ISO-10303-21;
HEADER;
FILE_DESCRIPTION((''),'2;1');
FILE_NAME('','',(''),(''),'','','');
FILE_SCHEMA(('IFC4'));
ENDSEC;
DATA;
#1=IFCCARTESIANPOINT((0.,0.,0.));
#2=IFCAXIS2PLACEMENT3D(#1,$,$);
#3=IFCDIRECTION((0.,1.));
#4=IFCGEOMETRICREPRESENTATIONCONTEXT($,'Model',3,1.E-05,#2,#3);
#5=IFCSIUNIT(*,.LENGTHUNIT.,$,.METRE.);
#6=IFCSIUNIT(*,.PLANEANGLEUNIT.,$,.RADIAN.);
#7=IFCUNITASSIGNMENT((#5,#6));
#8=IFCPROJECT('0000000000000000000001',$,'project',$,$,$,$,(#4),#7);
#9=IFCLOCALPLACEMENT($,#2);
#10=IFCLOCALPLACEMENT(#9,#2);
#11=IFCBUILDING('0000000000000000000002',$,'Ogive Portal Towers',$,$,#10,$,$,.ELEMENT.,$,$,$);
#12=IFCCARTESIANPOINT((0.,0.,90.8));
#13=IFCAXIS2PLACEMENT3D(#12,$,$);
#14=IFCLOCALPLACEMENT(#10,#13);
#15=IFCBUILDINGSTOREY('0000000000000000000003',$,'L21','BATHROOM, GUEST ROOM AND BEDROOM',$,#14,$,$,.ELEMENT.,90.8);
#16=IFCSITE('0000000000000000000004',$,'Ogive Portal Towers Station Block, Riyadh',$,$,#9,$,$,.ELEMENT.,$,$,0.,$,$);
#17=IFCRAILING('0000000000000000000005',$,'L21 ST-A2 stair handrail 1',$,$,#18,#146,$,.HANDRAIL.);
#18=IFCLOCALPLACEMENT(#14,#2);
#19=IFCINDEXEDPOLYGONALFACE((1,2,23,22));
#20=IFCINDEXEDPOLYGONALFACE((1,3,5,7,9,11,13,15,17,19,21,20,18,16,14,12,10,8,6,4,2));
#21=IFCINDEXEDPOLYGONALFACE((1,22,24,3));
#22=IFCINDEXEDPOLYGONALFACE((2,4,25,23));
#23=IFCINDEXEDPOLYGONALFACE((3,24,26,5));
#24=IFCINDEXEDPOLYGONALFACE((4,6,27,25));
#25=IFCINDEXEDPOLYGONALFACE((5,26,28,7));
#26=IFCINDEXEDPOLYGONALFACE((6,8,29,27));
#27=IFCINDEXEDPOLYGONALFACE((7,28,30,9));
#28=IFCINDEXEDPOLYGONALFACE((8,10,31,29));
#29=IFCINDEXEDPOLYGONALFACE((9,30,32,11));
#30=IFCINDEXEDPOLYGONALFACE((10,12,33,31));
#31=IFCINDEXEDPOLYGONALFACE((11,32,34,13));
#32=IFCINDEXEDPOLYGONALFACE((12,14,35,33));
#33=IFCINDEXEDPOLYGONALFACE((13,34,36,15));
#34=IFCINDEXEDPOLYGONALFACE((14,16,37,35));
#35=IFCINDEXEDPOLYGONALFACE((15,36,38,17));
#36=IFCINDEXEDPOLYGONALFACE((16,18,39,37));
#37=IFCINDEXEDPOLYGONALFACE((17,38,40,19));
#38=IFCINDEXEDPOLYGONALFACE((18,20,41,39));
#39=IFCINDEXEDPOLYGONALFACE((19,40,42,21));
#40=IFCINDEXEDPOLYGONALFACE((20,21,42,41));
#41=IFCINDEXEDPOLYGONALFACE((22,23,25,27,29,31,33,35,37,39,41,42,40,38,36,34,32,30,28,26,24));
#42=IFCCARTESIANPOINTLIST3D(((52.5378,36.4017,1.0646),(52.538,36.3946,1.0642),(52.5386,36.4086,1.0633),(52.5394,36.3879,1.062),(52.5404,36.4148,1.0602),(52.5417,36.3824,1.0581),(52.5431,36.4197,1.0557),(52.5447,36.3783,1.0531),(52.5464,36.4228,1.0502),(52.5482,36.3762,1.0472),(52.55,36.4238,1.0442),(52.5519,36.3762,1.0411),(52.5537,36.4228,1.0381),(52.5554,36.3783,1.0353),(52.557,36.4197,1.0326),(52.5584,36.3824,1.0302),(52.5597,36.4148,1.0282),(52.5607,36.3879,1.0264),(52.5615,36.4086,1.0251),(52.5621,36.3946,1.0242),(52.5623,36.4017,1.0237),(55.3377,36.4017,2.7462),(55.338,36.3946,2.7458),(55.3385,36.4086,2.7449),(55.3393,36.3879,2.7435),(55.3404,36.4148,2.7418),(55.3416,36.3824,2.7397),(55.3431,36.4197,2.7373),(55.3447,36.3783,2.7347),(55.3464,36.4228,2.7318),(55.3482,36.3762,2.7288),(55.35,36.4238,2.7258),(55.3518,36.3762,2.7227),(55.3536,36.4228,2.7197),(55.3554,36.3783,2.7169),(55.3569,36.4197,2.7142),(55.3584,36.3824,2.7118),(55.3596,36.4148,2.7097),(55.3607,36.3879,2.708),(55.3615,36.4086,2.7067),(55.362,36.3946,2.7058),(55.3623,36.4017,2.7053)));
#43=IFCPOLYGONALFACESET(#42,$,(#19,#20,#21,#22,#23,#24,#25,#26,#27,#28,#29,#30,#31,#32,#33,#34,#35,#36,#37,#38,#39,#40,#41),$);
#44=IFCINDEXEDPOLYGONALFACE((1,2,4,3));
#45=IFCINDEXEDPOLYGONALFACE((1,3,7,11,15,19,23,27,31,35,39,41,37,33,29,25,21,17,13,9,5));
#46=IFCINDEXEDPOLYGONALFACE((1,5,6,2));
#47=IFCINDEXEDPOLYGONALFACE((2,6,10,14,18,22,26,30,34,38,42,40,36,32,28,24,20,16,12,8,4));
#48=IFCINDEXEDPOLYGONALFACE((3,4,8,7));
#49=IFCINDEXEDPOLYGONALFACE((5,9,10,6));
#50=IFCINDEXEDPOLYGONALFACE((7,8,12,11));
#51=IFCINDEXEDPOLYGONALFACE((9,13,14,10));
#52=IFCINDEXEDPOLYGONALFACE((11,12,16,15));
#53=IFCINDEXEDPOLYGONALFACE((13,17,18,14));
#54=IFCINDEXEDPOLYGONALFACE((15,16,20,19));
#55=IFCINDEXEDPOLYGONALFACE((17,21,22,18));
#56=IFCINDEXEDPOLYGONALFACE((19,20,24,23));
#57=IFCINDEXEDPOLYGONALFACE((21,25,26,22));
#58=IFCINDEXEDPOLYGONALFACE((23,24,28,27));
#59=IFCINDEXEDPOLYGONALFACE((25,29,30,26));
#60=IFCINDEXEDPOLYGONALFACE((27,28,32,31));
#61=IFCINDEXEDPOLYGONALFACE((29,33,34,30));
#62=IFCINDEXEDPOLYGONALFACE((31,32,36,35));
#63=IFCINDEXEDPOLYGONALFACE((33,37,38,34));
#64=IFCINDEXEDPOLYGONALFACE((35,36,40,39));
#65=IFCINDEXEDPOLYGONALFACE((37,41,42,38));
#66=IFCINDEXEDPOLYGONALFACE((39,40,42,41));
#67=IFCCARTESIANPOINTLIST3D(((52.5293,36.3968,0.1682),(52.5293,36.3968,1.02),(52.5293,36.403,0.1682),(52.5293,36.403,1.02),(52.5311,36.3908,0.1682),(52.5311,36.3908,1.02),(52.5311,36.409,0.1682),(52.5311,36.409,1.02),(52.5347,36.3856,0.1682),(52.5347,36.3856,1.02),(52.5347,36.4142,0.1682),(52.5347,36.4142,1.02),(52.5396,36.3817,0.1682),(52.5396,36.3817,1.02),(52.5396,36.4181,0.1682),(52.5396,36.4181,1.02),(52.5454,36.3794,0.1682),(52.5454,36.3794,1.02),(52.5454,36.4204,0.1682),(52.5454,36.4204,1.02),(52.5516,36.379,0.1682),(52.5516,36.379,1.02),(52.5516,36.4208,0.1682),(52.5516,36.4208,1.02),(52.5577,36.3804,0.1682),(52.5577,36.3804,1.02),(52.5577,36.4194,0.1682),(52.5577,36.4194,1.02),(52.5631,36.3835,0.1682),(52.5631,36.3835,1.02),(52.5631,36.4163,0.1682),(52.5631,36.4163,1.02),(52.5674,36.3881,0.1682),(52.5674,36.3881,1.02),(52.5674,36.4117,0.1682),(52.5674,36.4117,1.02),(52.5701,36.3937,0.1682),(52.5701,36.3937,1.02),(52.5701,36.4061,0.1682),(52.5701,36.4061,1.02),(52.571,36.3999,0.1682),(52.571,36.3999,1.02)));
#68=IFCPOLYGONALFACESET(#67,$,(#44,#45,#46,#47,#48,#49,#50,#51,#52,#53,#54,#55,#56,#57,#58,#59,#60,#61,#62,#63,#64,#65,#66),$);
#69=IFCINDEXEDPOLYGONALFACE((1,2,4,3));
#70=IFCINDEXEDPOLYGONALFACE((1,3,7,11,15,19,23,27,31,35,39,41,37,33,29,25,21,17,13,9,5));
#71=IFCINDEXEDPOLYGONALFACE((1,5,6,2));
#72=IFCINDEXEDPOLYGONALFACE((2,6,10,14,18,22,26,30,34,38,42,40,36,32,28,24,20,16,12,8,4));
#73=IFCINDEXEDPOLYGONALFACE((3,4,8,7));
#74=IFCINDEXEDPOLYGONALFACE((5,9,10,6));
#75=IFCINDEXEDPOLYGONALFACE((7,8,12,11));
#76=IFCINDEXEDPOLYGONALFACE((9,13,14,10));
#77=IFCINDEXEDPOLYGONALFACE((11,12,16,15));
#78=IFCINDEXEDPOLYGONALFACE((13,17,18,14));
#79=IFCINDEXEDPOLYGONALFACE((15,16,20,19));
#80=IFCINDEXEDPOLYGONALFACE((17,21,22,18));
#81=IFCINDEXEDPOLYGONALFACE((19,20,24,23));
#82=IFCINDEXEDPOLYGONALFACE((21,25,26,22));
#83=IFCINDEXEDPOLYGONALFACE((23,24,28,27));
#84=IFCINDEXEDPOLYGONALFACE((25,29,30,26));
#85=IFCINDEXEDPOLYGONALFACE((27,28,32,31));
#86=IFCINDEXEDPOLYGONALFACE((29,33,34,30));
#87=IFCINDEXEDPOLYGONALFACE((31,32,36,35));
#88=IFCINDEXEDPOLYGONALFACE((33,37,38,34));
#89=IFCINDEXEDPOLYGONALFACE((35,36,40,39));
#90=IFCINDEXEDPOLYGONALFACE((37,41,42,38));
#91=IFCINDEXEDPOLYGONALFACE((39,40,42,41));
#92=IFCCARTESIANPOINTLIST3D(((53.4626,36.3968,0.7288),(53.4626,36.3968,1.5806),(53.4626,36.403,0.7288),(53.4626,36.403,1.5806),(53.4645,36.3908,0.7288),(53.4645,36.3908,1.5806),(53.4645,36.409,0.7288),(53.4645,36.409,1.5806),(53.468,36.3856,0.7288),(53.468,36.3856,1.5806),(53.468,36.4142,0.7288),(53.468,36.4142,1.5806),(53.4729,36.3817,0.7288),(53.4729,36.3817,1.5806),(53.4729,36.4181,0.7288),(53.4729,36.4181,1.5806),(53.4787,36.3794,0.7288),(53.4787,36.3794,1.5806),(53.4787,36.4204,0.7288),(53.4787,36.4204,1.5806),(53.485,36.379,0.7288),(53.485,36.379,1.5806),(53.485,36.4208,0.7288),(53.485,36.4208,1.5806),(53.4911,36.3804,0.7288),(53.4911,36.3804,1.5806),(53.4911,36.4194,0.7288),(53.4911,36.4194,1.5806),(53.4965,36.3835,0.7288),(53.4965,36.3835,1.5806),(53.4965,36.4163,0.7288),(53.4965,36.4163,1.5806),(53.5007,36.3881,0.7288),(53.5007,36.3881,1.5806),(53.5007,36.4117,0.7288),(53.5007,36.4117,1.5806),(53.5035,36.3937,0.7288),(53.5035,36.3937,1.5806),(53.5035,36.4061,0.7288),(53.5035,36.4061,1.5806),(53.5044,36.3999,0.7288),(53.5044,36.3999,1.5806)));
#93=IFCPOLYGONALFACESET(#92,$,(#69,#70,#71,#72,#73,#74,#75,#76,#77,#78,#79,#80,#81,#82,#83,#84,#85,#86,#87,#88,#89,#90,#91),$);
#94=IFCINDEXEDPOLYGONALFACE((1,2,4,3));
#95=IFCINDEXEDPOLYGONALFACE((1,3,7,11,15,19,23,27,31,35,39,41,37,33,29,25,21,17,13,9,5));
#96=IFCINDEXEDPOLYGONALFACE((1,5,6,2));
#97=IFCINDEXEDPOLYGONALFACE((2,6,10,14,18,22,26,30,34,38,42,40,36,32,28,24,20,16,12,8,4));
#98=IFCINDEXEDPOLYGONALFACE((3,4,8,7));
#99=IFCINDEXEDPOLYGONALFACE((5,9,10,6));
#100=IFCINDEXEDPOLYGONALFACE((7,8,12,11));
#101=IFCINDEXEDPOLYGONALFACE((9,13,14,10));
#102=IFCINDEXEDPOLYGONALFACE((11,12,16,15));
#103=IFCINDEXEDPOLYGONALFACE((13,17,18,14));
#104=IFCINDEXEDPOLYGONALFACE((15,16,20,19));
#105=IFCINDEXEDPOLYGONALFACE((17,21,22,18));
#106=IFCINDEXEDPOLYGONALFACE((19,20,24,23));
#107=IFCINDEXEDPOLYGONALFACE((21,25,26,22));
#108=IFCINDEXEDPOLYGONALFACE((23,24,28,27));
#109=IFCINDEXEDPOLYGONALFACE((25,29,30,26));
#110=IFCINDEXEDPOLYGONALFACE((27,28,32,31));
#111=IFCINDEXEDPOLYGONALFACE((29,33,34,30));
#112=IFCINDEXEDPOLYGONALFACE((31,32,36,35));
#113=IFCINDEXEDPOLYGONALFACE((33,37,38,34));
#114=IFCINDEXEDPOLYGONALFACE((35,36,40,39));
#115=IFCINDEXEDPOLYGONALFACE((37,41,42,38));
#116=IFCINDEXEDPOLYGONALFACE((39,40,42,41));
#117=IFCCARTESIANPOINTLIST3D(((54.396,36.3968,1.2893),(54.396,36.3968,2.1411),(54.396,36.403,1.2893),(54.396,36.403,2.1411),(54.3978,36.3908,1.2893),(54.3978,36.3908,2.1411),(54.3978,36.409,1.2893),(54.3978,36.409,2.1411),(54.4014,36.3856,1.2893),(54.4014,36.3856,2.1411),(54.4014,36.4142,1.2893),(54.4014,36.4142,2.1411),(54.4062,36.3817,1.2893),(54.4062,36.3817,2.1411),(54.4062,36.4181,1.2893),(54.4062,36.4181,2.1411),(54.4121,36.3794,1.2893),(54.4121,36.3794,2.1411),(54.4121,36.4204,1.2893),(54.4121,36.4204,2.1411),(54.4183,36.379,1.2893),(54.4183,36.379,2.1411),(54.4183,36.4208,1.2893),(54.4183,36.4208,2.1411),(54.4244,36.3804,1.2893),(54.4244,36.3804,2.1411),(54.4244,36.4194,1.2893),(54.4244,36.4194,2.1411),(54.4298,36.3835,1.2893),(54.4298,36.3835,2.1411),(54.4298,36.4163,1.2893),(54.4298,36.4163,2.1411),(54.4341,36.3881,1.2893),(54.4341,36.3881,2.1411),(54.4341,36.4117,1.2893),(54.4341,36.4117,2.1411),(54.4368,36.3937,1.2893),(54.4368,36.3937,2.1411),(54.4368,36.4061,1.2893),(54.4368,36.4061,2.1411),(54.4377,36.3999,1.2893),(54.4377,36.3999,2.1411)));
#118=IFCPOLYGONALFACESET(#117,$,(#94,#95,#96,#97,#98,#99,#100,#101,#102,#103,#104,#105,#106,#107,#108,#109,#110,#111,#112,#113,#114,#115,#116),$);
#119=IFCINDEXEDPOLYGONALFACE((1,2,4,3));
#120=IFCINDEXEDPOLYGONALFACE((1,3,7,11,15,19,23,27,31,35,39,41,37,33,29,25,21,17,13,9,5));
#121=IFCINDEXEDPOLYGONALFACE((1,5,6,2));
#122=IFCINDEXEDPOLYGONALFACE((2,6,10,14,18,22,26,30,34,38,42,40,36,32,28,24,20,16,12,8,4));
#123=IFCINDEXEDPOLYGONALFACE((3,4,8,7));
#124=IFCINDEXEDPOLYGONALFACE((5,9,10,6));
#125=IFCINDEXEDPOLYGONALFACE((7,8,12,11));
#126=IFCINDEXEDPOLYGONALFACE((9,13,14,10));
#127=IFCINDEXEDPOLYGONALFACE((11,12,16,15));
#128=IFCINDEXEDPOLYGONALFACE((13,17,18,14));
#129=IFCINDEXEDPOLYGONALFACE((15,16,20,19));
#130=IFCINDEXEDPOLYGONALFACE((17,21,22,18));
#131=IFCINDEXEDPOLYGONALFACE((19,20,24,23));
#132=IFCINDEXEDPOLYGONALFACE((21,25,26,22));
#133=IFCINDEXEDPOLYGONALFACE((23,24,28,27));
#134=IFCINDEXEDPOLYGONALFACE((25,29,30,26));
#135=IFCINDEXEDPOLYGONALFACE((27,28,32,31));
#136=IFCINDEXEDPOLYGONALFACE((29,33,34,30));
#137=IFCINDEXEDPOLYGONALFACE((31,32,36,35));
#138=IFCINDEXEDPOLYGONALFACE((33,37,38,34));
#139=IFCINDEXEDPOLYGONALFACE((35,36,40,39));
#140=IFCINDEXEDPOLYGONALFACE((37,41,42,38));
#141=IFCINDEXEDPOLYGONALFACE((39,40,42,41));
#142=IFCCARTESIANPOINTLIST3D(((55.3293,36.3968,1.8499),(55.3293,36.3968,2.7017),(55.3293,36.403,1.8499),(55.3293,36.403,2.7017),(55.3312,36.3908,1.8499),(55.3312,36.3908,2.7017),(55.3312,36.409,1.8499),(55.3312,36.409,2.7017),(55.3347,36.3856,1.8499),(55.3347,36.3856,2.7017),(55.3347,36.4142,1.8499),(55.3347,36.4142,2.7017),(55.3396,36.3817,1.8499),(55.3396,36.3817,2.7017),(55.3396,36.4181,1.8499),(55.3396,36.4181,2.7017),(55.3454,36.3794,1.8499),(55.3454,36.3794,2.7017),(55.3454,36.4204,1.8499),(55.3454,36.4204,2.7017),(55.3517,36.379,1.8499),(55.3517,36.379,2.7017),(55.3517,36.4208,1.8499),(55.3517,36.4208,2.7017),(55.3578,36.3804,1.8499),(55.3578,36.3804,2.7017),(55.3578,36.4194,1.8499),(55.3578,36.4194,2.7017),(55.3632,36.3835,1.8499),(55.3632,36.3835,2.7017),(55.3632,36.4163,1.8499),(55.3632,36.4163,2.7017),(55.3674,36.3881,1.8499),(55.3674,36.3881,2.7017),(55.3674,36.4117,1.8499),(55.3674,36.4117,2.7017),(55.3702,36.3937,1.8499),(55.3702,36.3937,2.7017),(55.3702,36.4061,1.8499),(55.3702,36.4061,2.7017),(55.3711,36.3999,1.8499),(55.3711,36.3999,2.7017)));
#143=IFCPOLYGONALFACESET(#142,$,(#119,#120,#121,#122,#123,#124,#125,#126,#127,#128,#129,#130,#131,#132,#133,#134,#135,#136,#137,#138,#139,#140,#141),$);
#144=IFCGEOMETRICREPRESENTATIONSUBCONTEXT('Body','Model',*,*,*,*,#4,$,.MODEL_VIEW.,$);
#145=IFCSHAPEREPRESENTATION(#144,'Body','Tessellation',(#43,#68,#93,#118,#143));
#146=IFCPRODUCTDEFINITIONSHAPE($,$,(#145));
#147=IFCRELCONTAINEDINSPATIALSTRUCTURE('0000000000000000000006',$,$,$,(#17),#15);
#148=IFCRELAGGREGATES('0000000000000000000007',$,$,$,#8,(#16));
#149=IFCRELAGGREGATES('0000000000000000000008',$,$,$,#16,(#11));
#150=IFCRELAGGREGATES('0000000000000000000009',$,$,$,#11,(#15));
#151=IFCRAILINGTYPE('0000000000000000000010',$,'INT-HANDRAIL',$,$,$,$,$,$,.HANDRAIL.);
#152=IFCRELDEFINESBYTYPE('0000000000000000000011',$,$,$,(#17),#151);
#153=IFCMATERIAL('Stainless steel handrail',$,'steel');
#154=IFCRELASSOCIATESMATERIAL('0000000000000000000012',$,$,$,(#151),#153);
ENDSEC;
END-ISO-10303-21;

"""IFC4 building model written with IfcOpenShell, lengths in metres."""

from ifc_helpers import new_model, si_unit, direction, frame, origin, origin_2d, place, context, subcontext, project, spatial, circle, extrude, material, type_object, element, save


model = new_model("IFC4")

# Units and contexts
model_context = context("Model", 3, precision=1e-05, world=origin(), true_north=direction((0.0, 1.0)))
body_context = subcontext(model_context, "Body", "Model", "MODEL_VIEW")
ifc_project = project(units=[si_unit("LENGTHUNIT", "METRE"), si_unit("PLANEANGLEUNIT", "RADIAN")], contexts=[model_context])

# Site, building, storey
site_placement = place(None, origin())
site = spatial("IfcSite", under=ifc_project, at=site_placement, Name="Ogive Portal Towers Station Block, Riyadh", CompositionType="ELEMENT", RefElevation=0.0)
building_placement = place(site_placement, origin())
building = spatial("IfcBuilding", under=site, at=building_placement, Name="Ogive Portal Towers", CompositionType="ELEMENT")
storey_placement = place(building_placement, frame((0.0, 0.0, 90.8)))
storey = spatial("IfcBuildingStorey", under=building, at=storey_placement, Name="L21", Description="BATHROOM, GUEST ROOM AND BEDROOM", CompositionType="ELEMENT", Elevation=90.8)

# Railing
ifc_material_1 = material(Name="Stainless steel handrail", Category="steel")
railing_type_1 = type_object("IfcRailingType", Name="INT-HANDRAIL", PredefinedType="HANDRAIL", material=ifc_material_1)
railing_1_placement = place(storey_placement, frame((52.55, 36.3999, 0.1682)))
element("IfcRailing", 1, at=railing_1_placement, inside=storey, type_object=railing_type_1, Name="L21 ST-A2 stair handrail 1", PredefinedType="HANDRAIL", context=body_context, shape_type="SweptSolid", body=[
    extrude(circle(Radius=0.0239, at=origin_2d()), frame((0.0, 0.0, 0.876), z_axis=(0.857275, 0.0, 0.514858), x_axis=(0.0, 1.0, 0.0)), (0.0, 0.0, 1.0), 3.2661),
    extrude(circle(Radius=0.021, at=origin_2d()), origin(), (0.0, 0.0, 1.0), 0.8518),
    extrude(circle(Radius=0.021, at=origin_2d()), frame((0.9333, 0.0, 0.5605)), (0.0, 0.0, 1.0), 0.8518),
    extrude(circle(Radius=0.021, at=origin_2d()), frame((1.8667, 0.0, 1.1211)), (0.0, 0.0, 1.0), 0.8518),
    extrude(circle(Radius=0.021, at=origin_2d()), frame((2.8, 0.0, 1.6816)), (0.0, 0.0, 1.0), 0.8518),
])

save(model, "model.ifc")
